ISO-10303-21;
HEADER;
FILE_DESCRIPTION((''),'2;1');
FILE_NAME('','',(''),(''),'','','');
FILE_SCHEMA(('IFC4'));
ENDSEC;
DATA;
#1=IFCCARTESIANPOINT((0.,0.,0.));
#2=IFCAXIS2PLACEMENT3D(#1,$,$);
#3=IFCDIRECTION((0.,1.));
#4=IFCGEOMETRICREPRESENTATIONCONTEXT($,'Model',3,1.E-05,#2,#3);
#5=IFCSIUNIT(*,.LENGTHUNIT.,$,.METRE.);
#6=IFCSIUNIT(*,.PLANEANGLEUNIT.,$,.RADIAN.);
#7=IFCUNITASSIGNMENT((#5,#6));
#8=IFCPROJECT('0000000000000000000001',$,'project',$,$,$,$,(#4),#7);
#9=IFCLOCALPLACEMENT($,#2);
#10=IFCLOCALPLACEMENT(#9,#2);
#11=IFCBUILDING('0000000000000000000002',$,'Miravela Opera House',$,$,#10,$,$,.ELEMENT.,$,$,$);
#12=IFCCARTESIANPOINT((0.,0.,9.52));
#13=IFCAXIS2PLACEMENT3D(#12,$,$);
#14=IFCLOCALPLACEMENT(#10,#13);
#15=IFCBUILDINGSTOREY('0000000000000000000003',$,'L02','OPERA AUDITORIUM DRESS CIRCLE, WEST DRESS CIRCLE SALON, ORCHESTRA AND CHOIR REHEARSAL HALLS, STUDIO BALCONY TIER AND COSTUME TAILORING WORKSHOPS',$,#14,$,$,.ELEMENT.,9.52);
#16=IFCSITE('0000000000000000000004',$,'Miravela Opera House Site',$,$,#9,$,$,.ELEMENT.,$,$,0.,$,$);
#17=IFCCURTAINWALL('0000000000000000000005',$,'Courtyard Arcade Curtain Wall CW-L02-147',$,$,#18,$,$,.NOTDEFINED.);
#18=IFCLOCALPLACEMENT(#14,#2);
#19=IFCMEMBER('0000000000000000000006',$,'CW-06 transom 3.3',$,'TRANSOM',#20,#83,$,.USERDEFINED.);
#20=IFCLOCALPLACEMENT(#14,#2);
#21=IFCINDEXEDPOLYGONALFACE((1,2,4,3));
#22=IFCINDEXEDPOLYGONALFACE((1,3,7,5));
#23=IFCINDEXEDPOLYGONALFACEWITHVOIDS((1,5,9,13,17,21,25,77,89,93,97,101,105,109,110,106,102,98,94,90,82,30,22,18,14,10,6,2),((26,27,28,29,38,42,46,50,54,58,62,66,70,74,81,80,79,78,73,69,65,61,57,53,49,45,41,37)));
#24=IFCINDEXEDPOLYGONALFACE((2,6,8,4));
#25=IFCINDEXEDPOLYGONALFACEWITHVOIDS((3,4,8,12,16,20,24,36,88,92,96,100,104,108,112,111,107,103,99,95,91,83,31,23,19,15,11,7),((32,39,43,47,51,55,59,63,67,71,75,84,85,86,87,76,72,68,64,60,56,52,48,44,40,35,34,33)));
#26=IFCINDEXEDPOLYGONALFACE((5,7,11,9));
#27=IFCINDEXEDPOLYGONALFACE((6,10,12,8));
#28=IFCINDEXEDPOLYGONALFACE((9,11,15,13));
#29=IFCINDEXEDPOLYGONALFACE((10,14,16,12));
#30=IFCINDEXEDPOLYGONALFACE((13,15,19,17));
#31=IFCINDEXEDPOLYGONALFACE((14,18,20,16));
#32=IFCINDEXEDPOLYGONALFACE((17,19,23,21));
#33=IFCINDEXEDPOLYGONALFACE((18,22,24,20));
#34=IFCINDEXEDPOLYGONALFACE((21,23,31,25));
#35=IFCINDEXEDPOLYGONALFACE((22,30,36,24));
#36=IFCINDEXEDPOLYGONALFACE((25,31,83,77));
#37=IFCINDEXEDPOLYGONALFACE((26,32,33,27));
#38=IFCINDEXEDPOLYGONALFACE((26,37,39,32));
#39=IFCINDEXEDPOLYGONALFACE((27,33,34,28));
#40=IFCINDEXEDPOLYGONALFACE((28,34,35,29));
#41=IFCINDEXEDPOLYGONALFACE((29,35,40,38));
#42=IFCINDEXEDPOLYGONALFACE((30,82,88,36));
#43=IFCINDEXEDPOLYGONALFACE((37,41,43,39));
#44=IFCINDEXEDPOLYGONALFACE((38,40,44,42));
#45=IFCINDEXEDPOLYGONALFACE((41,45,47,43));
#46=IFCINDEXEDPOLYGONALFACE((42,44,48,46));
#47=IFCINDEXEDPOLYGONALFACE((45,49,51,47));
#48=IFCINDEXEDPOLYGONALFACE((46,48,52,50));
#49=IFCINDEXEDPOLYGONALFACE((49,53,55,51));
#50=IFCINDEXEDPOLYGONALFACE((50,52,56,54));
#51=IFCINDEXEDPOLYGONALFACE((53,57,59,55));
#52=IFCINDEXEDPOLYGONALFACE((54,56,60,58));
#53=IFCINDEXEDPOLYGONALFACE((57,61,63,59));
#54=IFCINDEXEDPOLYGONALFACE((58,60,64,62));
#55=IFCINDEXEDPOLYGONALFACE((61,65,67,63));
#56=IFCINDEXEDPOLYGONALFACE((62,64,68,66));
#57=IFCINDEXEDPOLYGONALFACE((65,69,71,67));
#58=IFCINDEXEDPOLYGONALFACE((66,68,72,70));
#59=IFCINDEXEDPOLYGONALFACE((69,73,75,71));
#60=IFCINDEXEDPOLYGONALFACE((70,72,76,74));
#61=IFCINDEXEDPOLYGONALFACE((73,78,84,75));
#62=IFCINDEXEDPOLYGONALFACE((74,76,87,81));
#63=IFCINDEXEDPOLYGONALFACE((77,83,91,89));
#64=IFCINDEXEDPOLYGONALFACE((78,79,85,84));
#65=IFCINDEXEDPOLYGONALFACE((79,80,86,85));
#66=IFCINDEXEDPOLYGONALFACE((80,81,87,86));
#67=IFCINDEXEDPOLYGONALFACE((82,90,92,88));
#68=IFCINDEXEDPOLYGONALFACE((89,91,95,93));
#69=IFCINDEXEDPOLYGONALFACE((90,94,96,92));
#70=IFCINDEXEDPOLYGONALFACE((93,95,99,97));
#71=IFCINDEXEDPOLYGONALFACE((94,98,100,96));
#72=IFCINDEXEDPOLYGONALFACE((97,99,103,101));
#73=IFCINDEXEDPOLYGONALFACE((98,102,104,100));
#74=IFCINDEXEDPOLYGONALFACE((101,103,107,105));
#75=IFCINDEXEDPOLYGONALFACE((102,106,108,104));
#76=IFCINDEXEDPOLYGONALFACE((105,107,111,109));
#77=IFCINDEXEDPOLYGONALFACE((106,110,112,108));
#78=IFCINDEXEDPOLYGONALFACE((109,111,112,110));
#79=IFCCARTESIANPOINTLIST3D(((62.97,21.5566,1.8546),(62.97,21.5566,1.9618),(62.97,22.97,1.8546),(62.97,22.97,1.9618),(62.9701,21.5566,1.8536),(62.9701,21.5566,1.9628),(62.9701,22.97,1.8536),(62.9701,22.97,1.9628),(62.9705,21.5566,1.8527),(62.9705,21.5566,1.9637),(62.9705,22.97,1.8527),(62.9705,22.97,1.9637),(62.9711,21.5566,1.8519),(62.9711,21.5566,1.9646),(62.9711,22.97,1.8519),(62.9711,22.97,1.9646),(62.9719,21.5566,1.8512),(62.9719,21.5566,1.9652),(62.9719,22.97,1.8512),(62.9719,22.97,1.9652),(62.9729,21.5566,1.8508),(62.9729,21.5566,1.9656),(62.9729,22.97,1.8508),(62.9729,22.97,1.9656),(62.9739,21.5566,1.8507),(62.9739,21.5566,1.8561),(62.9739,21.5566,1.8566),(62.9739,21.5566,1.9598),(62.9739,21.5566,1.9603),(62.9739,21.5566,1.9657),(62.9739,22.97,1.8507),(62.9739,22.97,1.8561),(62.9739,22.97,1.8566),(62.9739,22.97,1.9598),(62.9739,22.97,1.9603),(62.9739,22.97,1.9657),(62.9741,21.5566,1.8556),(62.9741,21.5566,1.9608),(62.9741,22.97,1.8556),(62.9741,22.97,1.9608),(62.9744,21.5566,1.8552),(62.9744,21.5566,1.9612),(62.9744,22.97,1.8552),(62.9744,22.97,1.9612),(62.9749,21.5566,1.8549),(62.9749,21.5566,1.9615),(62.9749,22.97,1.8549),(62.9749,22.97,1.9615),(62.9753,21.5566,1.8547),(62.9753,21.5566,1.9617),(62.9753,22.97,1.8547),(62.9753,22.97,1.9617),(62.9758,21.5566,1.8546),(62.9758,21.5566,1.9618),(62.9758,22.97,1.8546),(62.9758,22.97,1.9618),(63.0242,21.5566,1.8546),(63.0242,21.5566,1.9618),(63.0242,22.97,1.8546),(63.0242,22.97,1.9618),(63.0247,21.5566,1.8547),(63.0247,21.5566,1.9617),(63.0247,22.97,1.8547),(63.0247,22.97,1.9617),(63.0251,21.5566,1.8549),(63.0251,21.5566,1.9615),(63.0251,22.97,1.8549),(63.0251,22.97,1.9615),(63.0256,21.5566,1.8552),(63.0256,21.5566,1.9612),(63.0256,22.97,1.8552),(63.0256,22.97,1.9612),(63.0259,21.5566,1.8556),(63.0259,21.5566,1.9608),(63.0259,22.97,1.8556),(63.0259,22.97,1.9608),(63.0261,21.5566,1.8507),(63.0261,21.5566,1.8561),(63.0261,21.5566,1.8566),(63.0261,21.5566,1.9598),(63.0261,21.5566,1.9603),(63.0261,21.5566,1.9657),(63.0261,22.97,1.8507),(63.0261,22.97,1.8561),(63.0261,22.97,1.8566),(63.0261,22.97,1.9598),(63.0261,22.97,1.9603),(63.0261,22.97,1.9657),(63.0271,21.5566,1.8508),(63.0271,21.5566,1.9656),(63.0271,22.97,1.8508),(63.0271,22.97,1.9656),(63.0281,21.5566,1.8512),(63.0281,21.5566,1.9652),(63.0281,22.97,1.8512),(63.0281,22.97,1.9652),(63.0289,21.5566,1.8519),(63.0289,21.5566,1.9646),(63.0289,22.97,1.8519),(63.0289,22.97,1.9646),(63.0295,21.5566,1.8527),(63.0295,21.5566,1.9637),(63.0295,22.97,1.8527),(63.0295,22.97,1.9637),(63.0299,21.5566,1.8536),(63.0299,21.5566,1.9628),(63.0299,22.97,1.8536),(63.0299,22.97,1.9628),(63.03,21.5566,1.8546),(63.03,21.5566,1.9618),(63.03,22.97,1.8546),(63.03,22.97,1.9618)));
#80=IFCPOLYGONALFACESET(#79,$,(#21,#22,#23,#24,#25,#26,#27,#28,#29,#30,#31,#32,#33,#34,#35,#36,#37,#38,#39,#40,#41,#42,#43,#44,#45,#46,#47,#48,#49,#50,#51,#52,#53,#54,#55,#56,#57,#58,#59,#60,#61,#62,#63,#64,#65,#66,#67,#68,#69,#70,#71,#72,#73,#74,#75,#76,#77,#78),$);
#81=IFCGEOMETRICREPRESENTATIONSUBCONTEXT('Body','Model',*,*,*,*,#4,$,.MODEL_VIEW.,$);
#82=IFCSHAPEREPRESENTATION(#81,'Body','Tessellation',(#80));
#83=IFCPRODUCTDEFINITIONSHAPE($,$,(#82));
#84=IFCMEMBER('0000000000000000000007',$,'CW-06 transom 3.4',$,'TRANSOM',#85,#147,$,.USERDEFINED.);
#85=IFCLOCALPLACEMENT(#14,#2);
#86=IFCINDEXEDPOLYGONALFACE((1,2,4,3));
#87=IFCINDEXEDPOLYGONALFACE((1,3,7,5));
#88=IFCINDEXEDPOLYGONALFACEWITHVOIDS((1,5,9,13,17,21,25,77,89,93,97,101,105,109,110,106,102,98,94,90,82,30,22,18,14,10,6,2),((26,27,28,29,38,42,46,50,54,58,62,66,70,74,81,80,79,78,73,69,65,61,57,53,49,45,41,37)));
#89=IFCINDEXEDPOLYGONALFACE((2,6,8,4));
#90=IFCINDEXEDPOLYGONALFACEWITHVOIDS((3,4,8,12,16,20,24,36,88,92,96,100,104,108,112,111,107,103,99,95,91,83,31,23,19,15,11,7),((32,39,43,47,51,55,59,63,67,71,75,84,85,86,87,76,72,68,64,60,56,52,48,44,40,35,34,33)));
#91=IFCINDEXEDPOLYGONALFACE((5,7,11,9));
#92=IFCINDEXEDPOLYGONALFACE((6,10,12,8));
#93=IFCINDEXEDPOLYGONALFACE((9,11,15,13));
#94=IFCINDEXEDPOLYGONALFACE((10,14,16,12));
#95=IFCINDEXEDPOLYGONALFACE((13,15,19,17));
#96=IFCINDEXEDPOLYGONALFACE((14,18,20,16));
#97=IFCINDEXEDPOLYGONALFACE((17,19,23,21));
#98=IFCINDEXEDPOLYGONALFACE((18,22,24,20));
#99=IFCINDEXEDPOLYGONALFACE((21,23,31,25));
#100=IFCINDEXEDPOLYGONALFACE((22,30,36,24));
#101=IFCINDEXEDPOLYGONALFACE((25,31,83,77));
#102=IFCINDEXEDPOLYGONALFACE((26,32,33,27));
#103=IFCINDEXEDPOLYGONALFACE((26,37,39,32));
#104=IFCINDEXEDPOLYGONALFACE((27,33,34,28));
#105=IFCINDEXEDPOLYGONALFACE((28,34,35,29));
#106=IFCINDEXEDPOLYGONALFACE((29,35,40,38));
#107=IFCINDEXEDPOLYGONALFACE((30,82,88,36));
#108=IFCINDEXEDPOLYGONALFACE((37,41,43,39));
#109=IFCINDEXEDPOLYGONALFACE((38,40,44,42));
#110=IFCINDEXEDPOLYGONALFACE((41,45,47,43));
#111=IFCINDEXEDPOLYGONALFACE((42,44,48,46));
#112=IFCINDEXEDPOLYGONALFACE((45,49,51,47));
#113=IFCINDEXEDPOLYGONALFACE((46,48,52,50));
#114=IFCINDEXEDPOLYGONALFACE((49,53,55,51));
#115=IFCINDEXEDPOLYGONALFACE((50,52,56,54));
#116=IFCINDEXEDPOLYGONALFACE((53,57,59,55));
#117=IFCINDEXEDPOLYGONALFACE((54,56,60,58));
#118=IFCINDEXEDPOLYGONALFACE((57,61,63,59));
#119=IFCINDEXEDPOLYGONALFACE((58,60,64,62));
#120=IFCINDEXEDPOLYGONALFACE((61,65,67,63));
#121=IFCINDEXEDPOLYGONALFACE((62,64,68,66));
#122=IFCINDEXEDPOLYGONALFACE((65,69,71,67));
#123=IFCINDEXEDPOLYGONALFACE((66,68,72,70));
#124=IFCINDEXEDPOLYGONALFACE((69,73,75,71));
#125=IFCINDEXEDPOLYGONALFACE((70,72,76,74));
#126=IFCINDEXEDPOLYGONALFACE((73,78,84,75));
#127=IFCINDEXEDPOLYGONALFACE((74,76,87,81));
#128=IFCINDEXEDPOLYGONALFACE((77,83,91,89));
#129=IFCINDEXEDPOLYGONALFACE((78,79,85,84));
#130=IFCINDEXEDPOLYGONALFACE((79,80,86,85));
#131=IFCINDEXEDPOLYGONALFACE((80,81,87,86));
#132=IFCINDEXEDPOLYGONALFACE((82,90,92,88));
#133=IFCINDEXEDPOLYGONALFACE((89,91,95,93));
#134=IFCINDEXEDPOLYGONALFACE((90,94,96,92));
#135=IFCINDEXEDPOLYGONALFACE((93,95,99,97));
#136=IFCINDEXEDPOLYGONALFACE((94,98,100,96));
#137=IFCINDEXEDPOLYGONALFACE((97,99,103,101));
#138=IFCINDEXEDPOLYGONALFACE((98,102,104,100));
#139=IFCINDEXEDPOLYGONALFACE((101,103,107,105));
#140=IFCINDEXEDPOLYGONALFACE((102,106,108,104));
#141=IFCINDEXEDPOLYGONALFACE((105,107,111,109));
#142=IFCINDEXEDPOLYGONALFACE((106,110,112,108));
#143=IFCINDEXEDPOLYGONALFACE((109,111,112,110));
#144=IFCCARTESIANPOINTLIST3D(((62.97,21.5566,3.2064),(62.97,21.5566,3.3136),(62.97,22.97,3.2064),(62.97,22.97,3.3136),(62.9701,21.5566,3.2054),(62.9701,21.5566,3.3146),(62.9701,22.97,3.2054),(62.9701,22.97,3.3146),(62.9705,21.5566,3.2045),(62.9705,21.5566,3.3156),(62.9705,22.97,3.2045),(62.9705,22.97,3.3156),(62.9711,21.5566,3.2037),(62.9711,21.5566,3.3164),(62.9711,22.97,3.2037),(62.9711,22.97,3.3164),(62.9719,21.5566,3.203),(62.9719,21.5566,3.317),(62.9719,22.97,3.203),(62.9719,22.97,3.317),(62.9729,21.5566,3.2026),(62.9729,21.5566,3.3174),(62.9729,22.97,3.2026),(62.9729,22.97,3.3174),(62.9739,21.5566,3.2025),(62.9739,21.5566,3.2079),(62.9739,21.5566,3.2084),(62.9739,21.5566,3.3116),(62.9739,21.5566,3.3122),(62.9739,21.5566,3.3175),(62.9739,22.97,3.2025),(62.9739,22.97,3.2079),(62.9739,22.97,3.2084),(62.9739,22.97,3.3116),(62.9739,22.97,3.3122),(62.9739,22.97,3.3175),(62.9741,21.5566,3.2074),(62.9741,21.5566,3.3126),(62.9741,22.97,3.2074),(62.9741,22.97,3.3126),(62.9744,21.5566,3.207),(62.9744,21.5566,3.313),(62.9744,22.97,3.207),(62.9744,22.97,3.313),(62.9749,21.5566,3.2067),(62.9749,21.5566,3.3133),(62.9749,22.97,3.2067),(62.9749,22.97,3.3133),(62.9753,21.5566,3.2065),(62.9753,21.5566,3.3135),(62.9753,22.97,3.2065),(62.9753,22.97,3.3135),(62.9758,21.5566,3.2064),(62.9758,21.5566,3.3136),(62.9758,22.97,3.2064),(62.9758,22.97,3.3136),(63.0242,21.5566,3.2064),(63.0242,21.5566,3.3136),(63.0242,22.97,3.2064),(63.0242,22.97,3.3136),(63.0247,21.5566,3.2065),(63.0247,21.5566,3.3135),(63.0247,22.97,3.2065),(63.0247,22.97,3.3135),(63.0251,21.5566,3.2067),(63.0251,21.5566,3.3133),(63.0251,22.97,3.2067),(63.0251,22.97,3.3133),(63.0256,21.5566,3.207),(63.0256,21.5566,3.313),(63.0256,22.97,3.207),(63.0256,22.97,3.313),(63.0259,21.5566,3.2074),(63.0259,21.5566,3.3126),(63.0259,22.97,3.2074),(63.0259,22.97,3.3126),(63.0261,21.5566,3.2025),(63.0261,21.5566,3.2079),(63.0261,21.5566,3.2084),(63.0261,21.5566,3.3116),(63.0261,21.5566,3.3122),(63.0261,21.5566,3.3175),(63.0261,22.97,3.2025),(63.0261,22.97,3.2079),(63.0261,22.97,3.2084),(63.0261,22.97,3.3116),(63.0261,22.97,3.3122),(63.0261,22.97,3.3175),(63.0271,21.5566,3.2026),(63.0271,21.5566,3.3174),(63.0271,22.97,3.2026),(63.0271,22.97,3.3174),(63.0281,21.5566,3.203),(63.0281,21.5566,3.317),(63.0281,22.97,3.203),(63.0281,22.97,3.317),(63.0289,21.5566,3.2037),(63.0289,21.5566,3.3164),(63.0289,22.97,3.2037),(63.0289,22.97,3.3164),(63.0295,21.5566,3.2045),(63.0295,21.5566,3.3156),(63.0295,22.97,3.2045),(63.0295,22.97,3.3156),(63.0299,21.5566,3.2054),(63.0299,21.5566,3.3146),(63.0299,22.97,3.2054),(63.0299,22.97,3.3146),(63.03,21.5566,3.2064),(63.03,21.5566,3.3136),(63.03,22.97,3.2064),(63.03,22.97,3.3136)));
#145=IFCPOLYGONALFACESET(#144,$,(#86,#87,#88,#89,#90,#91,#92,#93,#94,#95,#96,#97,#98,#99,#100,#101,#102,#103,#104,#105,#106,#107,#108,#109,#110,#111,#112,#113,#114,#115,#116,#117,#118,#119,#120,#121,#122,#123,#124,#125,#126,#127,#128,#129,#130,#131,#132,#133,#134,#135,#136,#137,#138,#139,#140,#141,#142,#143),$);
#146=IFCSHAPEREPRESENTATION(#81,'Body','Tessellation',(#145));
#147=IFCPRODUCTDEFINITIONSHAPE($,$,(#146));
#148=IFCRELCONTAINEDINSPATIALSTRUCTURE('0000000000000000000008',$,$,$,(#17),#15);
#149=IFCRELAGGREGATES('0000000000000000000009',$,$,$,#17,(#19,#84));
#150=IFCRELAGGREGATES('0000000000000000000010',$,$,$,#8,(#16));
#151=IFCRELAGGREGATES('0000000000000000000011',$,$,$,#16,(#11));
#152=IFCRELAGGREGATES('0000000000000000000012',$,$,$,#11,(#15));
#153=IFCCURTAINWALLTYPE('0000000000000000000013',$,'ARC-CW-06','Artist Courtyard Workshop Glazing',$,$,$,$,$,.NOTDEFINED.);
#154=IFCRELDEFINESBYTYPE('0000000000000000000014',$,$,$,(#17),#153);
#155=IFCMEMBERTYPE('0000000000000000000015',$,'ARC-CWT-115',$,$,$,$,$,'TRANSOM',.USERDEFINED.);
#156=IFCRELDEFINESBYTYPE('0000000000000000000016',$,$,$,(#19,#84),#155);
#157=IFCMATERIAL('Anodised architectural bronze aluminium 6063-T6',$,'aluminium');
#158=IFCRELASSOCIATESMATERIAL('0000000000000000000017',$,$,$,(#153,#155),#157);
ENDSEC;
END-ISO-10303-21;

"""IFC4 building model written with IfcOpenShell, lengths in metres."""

from ifc_helpers import new_model, si_unit, direction, frame, origin, origin_2d, place, context, subcontext, project, spatial, hollow_rectangle, extrude, material, material_profile, profile_set, type_object, element, aggregate, save


model = new_model("IFC4")

# Units and contexts
model_context = context("Model", 3, precision=1e-05, world=origin(), true_north=direction((0.0, 1.0)))
body_context = subcontext(model_context, "Body", "Model", "MODEL_VIEW")
ifc_project = project(units=[si_unit("LENGTHUNIT", "METRE"), si_unit("PLANEANGLEUNIT", "RADIAN")], contexts=[model_context])

# Site, building, storey
site_placement = place(None, origin())
site = spatial("IfcSite", under=ifc_project, at=site_placement, Name="Miravela Opera House Site", CompositionType="ELEMENT", RefElevation=0.0)
building_placement = place(site_placement, origin())
building = spatial("IfcBuilding", under=site, at=building_placement, Name="Miravela Opera House", CompositionType="ELEMENT")
storey_placement = place(building_placement, frame((0.0, 0.0, 9.52)))
storey = spatial("IfcBuildingStorey", under=building, at=storey_placement, Name="L02", Description="OPERA AUDITORIUM DRESS CIRCLE, WEST DRESS CIRCLE SALON, ORCHESTRA AND CHOIR REHEARSAL HALLS, STUDIO BALCONY TIER AND COSTUME TAILORING WORKSHOPS", CompositionType="ELEMENT", Elevation=9.52)

# Curtain wall, members
ifc_material_1 = material(Name="Anodised architectural bronze aluminium 6063-T6", Category="aluminium")
curtain_wall_type = type_object("IfcCurtainWallType", Name="ARC-CW-06", Description="Artist Courtyard Workshop Glazing", PredefinedType="NOTDEFINED", material=ifc_material_1)
curtain_wall_placement = place(storey_placement, origin())
curtain_wall = element("IfcCurtainWall", 1, at=curtain_wall_placement, inside=storey, type_object=curtain_wall_type, Name="Courtyard Arcade Curtain Wall CW-L02-147", PredefinedType="NOTDEFINED")
ifc_material_profile_1 = material_profile(ifc_material_1, hollow_rectangle(XDim=0.0601, YDim=0.115, WallThickness=0.0039, InnerFilletRadius=0.002, OuterFilletRadius=0.0039, at=origin_2d()), Name="CWT-60X115")
ifc_profile_set_1 = profile_set([ifc_material_profile_1])
member_type_1 = type_object("IfcMemberType", Name="ARC-CWT-115", ElementType="TRANSOM", PredefinedType="USERDEFINED", material=ifc_profile_set_1)
member_1_placement = place(storey_placement, frame((63.0, 21.5566, 1.9082), z_axis=(0.0, 1.0, 0.0), x_axis=(-1.0, 0.0, 0.0)))
member_1 = element("IfcMember", 2, at=member_1_placement, type_object=member_type_1, Name="CW-06 transom 3.3", ObjectType="TRANSOM", PredefinedType="USERDEFINED", context=body_context, shape_type="SweptSolid", body=[
    extrude(hollow_rectangle(XDim=0.0601, YDim=0.115, WallThickness=0.0039, InnerFilletRadius=0.002, OuterFilletRadius=0.0039, at=origin_2d()), origin(), (0.0, 0.0, 1.0), 1.4133),
])
member_2_placement = place(storey_placement, frame((63.0, 21.5566, 3.26), z_axis=(0.0, 1.0, 0.0), x_axis=(-1.0, 0.0, 0.0)))
member_2 = element("IfcMember", 3, at=member_2_placement, type_object=member_type_1, Name="CW-06 transom 3.4", ObjectType="TRANSOM", PredefinedType="USERDEFINED", context=body_context, shape_type="SweptSolid", body=[
    extrude(hollow_rectangle(XDim=0.0601, YDim=0.115, WallThickness=0.0039, InnerFilletRadius=0.002, OuterFilletRadius=0.0039, at=origin_2d()), origin(), (0.0, 0.0, 1.0), 1.4133),
])

aggregate(curtain_wall, [member_1, member_2])

save(model, "model.ifc")
